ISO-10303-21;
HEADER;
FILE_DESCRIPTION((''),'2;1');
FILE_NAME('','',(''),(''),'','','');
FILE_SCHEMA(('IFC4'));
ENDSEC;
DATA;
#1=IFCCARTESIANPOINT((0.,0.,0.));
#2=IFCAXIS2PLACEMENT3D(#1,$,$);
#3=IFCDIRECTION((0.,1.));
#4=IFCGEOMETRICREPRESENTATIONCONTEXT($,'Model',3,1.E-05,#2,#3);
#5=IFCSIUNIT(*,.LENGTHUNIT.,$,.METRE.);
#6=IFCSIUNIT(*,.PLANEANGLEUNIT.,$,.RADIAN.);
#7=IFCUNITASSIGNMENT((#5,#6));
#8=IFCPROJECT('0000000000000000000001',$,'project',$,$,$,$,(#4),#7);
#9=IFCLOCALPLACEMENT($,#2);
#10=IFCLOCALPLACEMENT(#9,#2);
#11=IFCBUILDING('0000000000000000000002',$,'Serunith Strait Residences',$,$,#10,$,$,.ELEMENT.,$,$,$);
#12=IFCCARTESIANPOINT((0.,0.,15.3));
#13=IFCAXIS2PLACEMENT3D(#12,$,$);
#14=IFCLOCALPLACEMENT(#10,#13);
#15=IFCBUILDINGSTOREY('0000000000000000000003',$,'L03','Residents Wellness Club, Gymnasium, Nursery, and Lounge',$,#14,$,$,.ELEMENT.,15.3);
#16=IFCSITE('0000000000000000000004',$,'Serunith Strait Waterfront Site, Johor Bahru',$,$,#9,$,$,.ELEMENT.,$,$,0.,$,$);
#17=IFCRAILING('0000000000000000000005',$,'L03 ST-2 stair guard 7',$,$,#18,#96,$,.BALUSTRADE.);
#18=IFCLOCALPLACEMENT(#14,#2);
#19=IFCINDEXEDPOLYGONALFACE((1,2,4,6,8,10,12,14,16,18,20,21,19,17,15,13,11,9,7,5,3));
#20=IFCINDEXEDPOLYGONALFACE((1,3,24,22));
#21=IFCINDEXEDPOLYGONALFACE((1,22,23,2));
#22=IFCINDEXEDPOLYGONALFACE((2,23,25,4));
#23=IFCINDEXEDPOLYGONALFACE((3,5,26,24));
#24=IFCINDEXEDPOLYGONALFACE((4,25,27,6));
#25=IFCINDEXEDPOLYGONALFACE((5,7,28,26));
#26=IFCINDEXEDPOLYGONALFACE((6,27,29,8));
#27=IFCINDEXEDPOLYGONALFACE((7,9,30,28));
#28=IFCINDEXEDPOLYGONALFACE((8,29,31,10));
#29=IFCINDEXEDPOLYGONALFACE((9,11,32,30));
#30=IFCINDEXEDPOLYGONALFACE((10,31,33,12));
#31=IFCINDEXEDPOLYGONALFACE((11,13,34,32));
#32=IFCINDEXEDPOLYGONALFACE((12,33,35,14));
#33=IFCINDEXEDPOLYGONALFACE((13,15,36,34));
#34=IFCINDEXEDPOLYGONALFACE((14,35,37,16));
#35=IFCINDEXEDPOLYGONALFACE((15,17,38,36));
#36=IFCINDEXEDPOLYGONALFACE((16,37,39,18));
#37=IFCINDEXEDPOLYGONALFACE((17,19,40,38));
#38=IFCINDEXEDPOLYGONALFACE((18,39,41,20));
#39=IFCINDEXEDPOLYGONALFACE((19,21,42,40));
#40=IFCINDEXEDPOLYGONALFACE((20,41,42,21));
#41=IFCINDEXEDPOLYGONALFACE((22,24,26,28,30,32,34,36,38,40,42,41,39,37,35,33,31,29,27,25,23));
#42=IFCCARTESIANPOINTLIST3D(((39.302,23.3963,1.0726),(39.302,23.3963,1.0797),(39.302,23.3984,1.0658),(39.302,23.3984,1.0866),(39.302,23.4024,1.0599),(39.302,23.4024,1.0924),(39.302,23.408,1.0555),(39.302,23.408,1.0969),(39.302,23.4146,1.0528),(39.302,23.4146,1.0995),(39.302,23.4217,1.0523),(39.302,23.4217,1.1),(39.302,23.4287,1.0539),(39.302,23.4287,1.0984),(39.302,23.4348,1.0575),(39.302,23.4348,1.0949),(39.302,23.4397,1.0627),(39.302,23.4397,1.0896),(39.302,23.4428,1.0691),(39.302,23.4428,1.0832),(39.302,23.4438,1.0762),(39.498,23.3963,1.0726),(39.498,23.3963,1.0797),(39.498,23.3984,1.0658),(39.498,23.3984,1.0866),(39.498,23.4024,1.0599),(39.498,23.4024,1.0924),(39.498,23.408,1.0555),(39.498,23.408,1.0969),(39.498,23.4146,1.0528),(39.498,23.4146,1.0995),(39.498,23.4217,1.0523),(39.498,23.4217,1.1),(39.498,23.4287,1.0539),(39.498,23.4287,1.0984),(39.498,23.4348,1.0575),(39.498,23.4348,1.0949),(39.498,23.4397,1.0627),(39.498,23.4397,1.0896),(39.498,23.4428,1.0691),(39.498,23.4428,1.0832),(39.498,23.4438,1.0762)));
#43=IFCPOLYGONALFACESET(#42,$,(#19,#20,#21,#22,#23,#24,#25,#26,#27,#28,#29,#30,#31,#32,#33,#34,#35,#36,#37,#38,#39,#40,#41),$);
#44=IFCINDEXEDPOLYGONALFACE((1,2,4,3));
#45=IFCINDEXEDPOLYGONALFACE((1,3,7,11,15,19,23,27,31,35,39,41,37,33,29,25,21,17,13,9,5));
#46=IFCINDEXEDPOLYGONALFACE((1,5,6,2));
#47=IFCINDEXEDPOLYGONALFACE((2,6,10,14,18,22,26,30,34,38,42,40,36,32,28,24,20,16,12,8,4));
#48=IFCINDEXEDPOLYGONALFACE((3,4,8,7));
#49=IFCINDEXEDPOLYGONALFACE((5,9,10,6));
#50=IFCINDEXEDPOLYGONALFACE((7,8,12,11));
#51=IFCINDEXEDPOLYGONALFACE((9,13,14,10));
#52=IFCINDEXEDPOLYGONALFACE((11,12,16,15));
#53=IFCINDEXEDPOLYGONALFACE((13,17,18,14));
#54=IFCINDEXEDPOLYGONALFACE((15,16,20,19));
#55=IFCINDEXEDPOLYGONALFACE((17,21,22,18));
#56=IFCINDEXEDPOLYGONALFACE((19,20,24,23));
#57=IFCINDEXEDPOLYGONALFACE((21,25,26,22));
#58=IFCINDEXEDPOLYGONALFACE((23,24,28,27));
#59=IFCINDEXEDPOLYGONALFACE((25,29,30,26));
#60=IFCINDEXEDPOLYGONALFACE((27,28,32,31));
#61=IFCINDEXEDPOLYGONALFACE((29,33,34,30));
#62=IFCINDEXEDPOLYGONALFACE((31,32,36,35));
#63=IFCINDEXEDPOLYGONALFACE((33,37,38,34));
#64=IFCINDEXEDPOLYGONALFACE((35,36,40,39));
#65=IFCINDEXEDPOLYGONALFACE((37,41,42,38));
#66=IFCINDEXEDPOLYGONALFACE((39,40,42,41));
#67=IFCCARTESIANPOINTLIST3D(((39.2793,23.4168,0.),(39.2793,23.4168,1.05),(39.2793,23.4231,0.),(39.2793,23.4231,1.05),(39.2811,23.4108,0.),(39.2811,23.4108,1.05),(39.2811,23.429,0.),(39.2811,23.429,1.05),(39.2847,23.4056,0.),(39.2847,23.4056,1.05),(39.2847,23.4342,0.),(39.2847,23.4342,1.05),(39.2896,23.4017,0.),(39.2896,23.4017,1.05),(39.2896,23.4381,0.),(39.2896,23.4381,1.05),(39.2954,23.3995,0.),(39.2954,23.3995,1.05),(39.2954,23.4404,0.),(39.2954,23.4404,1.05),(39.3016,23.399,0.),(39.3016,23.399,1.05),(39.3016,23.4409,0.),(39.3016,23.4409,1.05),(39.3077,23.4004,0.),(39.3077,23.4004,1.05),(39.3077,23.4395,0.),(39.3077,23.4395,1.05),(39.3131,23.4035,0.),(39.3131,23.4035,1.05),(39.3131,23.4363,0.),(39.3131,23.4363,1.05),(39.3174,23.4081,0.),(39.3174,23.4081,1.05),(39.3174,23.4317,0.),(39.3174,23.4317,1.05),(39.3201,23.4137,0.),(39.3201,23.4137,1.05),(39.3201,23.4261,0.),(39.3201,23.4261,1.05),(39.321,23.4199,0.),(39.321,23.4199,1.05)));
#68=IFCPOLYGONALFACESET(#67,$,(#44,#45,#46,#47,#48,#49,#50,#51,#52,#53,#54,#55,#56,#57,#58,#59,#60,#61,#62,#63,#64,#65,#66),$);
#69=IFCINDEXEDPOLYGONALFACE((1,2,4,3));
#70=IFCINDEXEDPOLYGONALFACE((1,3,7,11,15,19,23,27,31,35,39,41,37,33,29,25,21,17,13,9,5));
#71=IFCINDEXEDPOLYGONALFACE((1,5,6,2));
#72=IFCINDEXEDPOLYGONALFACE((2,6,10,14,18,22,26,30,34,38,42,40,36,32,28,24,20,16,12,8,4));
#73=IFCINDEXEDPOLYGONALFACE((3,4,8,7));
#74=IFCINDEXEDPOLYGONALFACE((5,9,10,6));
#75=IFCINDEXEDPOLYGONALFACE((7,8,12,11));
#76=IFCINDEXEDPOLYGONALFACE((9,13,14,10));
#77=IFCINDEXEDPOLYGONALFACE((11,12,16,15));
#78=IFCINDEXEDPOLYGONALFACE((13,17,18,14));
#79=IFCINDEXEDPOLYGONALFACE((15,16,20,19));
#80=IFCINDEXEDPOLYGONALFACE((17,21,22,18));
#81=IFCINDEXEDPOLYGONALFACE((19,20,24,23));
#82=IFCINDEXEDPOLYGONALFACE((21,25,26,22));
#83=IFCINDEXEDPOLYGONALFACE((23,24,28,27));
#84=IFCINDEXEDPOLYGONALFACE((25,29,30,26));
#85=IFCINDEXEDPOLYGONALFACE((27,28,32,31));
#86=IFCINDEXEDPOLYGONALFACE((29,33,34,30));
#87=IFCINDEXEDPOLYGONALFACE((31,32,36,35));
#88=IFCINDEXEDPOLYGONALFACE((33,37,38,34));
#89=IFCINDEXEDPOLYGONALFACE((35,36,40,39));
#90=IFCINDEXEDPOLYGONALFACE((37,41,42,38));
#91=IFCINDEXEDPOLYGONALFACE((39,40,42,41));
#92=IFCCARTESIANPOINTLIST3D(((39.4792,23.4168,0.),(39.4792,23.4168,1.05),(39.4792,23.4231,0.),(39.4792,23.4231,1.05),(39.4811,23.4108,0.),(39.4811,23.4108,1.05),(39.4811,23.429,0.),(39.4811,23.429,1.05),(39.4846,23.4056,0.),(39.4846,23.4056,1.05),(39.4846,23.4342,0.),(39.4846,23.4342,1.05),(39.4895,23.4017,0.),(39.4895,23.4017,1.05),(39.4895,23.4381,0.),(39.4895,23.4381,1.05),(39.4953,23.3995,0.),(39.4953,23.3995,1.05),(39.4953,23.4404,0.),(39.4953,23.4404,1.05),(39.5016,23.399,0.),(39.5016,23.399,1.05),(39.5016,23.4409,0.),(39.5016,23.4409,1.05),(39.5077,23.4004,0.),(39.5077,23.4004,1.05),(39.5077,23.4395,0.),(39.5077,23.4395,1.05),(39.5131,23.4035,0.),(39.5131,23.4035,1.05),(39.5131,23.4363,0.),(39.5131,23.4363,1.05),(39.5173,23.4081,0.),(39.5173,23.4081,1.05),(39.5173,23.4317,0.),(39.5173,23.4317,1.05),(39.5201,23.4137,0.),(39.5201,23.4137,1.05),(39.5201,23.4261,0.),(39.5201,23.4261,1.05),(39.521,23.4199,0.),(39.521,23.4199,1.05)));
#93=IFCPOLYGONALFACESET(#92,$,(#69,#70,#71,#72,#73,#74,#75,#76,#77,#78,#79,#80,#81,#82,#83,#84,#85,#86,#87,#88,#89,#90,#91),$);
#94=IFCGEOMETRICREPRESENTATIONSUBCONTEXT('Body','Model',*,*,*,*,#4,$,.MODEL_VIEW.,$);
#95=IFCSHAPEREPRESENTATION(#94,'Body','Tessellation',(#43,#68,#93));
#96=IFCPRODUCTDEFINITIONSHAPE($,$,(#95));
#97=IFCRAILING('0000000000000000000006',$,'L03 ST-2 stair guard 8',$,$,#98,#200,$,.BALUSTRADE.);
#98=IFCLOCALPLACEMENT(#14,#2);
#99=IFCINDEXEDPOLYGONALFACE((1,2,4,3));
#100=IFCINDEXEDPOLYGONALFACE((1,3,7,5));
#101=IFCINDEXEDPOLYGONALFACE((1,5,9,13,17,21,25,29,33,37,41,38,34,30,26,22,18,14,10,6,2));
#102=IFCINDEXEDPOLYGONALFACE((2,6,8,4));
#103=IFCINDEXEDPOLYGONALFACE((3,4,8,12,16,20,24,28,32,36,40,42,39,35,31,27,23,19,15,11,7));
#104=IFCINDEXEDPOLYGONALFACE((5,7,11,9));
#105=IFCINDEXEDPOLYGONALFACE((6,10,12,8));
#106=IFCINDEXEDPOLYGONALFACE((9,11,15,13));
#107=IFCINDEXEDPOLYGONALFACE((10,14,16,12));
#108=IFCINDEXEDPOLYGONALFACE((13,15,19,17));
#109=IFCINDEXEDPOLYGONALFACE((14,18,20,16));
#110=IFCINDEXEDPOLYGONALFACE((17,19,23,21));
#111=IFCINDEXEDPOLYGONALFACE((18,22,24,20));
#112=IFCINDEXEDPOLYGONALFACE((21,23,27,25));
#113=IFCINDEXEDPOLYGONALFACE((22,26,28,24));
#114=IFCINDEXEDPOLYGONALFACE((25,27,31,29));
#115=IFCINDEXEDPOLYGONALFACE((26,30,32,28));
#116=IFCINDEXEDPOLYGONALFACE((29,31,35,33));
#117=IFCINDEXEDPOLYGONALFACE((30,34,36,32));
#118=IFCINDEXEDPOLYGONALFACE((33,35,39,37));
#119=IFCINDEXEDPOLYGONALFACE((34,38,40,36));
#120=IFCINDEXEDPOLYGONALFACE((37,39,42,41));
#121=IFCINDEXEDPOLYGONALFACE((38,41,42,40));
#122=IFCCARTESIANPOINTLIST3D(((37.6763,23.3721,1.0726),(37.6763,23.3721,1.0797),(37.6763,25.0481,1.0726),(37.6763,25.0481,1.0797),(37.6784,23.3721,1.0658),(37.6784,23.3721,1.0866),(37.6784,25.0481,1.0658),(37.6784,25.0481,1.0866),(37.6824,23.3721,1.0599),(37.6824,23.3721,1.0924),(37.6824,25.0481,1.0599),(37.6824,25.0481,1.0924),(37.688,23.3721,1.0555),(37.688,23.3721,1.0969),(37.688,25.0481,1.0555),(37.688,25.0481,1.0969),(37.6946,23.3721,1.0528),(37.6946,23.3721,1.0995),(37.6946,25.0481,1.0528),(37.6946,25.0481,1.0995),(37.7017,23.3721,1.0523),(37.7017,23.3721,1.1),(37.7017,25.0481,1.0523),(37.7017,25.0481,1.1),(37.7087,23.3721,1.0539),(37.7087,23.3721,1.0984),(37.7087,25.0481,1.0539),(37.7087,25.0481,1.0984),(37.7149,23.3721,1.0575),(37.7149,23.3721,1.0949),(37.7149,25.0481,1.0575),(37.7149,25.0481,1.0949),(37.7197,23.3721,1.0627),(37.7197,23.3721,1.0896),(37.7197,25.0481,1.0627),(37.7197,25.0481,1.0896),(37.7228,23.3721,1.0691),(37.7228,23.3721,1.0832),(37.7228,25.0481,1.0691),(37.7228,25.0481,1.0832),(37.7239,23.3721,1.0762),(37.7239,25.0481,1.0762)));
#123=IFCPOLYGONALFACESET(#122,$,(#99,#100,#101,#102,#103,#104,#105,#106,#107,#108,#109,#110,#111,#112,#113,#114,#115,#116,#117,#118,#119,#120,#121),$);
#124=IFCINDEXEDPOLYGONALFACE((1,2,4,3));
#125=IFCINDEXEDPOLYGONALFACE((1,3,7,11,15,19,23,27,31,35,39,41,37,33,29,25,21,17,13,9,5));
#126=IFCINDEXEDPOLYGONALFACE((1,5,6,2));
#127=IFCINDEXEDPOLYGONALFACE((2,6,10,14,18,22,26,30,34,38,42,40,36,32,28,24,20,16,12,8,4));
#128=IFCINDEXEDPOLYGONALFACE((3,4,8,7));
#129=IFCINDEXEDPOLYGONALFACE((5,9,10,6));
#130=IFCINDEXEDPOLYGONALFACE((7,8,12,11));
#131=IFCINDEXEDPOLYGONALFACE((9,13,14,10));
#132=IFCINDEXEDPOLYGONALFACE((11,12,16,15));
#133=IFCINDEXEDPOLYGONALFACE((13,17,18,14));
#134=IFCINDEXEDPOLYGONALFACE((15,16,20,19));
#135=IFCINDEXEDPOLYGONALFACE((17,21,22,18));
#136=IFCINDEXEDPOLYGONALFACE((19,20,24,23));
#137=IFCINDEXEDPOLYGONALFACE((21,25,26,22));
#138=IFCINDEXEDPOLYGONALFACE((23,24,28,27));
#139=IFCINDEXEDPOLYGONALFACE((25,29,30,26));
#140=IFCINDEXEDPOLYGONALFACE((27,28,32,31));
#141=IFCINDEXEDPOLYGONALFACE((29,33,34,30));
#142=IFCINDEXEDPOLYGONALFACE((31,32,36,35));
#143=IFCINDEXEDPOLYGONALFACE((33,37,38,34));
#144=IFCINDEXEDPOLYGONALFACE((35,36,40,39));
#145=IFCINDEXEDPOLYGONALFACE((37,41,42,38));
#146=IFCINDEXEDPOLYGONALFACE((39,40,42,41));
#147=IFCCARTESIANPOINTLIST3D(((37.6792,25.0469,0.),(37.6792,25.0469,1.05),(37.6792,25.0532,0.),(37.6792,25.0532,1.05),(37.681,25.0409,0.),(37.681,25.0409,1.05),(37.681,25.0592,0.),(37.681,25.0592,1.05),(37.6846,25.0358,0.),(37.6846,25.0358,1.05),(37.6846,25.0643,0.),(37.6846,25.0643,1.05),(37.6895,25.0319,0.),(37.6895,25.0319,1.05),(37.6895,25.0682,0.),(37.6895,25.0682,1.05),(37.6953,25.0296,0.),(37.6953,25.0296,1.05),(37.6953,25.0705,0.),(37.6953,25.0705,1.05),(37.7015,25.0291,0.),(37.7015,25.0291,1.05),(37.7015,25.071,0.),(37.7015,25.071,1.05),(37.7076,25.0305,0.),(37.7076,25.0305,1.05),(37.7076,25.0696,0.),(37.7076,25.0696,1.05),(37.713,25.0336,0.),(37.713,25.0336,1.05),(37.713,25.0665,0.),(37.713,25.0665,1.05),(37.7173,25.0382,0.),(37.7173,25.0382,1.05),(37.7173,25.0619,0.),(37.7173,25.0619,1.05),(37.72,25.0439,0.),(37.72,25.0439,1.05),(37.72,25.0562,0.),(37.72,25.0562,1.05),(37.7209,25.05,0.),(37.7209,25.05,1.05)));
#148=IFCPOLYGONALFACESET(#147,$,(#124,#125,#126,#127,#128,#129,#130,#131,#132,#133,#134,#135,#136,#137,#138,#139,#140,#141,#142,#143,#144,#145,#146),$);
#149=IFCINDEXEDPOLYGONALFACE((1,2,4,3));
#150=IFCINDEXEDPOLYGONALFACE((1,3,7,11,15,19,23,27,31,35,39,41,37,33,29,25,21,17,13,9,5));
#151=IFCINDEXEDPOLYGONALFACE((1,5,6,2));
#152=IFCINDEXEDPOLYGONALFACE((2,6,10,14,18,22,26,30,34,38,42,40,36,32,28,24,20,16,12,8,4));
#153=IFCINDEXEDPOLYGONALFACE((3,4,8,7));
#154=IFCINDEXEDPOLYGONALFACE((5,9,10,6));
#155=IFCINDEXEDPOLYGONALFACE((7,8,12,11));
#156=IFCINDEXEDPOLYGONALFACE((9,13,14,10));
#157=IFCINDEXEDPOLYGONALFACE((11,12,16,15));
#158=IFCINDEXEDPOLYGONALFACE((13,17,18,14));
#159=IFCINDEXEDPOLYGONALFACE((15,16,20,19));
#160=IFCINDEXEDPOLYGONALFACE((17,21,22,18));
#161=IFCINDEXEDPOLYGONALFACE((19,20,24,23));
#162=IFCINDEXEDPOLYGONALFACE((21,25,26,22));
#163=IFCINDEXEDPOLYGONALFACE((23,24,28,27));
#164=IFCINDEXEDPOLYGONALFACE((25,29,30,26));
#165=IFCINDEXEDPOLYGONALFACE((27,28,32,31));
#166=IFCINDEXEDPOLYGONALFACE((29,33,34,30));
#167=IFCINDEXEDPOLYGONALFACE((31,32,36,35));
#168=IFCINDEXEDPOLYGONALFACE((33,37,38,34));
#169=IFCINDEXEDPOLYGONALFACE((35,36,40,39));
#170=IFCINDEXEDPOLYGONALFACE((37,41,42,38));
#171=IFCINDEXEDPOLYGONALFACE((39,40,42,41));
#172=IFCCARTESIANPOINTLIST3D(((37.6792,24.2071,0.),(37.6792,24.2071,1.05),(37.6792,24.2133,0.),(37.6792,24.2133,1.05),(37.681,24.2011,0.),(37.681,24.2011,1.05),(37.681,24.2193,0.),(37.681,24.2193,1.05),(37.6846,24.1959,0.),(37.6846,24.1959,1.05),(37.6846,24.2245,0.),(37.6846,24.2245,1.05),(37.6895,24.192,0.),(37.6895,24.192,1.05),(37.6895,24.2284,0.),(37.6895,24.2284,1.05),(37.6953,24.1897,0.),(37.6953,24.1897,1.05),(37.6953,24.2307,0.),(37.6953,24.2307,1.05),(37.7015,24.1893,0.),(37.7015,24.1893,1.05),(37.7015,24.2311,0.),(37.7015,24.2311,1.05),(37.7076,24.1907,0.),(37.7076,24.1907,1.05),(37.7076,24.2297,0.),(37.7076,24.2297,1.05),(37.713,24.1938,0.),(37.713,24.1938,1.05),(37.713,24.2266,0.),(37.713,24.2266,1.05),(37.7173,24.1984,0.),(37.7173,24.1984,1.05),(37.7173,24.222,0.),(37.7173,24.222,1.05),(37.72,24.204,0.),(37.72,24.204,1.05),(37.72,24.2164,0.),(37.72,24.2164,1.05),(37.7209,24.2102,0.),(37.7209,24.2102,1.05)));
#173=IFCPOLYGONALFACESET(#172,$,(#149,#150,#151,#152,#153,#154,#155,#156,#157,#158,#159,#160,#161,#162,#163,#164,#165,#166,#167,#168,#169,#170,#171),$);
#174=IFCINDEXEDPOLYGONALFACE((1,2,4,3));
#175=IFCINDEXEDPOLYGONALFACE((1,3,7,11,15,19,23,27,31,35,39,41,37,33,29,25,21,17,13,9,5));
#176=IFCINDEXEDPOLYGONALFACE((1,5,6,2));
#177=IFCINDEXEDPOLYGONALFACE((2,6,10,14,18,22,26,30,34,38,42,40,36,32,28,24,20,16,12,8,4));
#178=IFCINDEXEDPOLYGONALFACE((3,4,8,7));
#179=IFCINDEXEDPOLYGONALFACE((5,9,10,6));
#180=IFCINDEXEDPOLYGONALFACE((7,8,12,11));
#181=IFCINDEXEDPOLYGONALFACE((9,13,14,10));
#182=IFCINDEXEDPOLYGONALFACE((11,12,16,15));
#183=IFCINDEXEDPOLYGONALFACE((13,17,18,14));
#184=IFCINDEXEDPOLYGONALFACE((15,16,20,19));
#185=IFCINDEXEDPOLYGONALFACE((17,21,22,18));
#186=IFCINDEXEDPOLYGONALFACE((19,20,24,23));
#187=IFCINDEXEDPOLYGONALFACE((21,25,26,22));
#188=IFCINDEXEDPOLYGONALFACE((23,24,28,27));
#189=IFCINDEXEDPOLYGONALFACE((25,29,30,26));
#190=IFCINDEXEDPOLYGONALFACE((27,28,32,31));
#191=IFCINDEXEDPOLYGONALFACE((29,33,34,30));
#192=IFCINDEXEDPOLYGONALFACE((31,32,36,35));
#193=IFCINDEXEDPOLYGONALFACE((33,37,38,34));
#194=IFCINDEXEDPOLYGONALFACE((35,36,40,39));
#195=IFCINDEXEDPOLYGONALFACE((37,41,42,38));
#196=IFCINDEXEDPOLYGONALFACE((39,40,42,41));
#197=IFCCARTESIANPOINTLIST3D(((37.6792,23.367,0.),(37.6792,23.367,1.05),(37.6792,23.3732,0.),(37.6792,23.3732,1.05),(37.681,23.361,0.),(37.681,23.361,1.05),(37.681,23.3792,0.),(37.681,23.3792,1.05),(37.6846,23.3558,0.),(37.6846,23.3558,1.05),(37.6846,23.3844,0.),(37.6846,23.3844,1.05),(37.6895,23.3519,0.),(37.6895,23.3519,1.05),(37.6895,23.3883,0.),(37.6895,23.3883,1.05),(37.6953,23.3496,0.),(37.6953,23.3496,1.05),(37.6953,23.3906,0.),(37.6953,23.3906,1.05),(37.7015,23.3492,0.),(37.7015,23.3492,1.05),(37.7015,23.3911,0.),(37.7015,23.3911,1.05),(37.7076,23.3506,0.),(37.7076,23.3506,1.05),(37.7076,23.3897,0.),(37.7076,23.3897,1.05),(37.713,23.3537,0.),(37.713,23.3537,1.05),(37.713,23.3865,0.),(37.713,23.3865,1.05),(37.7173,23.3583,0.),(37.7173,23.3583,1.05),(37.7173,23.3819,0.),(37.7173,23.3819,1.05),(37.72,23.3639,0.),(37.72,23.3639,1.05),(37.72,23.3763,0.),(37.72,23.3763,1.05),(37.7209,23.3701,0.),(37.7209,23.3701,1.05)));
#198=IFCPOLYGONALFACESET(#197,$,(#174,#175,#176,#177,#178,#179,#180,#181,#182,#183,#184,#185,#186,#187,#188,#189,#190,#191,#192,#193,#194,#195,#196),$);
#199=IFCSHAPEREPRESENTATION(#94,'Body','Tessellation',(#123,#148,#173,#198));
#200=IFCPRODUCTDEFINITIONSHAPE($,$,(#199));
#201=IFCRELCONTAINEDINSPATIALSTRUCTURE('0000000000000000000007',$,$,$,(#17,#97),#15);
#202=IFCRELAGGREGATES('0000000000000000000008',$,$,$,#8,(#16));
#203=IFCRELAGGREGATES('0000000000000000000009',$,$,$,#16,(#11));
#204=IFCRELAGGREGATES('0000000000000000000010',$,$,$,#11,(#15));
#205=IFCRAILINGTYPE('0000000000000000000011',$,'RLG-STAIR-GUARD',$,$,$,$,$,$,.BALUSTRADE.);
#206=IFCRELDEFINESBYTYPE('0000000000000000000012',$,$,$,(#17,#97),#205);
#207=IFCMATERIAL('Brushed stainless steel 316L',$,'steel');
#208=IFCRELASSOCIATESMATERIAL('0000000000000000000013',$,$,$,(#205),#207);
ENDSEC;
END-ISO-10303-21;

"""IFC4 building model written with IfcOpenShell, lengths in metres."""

from ifc_helpers import new_model, si_unit, direction, frame, origin, origin_2d, place, context, subcontext, project, spatial, circle, extrude, material, type_object, element, save


model = new_model("IFC4")

# Units and contexts
model_context = context("Model", 3, precision=1e-05, world=origin(), true_north=direction((0.0, 1.0)))
body_context = subcontext(model_context, "Body", "Model", "MODEL_VIEW")
ifc_project = project(units=[si_unit("LENGTHUNIT", "METRE"), si_unit("PLANEANGLEUNIT", "RADIAN")], contexts=[model_context])

# Site, building, storey
site_placement = place(None, origin())
site = spatial("IfcSite", under=ifc_project, at=site_placement, Name="Serunith Strait Waterfront Site, Johor Bahru", CompositionType="ELEMENT", RefElevation=0.0)
building_placement = place(site_placement, origin())
building = spatial("IfcBuilding", under=site, at=building_placement, Name="Serunith Strait Residences", CompositionType="ELEMENT")
storey_placement = place(building_placement, frame((0.0, 0.0, 15.3)))
storey = spatial("IfcBuildingStorey", under=building, at=storey_placement, Name="L03", Description="Residents Wellness Club, Gymnasium, Nursery, and Lounge", CompositionType="ELEMENT", Elevation=15.3)

# Railings
ifc_material_1 = material(Name="Brushed stainless steel 316L", Category="steel")
railing_type_1 = type_object("IfcRailingType", Name="RLG-STAIR-GUARD", PredefinedType="BALUSTRADE", material=ifc_material_1)
railing_1_placement = place(storey_placement, frame((39.3, 23.4199, 0.0)))
element("IfcRailing", 1, at=railing_1_placement, inside=storey, type_object=railing_type_1, Name="L03 ST-2 stair guard 7", PredefinedType="BALUSTRADE", context=body_context, shape_type="SweptSolid", body=[
    extrude(circle(Radius=0.0239, at=origin_2d()), frame((0.002, 0.0, 1.0762), z_axis=(1.0, 0.0, 0.0), x_axis=(0.0, 1.0, 0.0)), (0.0, 0.0, 1.0), 0.196),
    extrude(circle(Radius=0.021, at=origin_2d()), origin(), (0.0, 0.0, 1.0), 1.05),
    extrude(circle(Radius=0.021, at=origin_2d()), frame((0.2, 0.0, 0.0)), (0.0, 0.0, 1.0), 1.05),
])
for number, where, name in (
    (2, (37.7, 25.05, 0.0), "L03 ST-2 stair guard 8"),
):
    element("IfcRailing", number, at=place(storey_placement, frame(where)), inside=storey, type_object=railing_type_1, Name=name, PredefinedType="BALUSTRADE", context=body_context, shape_type="SweptSolid", body=[
        extrude(circle(Radius=0.0239, at=origin_2d()), frame((0.0, -0.002, 1.0762), z_axis=(0.0, -1.0, 0.0), x_axis=(1.0, 0.0, 0.0)), (0.0, 0.0, 1.0), 1.676),
        extrude(circle(Radius=0.021, at=origin_2d()), origin(), (0.0, 0.0, 1.0), 1.05),
        extrude(circle(Radius=0.021, at=origin_2d()), frame((0.0, -0.8398, 0.0)), (0.0, 0.0, 1.0), 1.05),
        extrude(circle(Radius=0.021, at=origin_2d()), frame((0.0, -1.6799, 0.0)), (0.0, 0.0, 1.0), 1.05),
    ])

save(model, "model.ifc")
